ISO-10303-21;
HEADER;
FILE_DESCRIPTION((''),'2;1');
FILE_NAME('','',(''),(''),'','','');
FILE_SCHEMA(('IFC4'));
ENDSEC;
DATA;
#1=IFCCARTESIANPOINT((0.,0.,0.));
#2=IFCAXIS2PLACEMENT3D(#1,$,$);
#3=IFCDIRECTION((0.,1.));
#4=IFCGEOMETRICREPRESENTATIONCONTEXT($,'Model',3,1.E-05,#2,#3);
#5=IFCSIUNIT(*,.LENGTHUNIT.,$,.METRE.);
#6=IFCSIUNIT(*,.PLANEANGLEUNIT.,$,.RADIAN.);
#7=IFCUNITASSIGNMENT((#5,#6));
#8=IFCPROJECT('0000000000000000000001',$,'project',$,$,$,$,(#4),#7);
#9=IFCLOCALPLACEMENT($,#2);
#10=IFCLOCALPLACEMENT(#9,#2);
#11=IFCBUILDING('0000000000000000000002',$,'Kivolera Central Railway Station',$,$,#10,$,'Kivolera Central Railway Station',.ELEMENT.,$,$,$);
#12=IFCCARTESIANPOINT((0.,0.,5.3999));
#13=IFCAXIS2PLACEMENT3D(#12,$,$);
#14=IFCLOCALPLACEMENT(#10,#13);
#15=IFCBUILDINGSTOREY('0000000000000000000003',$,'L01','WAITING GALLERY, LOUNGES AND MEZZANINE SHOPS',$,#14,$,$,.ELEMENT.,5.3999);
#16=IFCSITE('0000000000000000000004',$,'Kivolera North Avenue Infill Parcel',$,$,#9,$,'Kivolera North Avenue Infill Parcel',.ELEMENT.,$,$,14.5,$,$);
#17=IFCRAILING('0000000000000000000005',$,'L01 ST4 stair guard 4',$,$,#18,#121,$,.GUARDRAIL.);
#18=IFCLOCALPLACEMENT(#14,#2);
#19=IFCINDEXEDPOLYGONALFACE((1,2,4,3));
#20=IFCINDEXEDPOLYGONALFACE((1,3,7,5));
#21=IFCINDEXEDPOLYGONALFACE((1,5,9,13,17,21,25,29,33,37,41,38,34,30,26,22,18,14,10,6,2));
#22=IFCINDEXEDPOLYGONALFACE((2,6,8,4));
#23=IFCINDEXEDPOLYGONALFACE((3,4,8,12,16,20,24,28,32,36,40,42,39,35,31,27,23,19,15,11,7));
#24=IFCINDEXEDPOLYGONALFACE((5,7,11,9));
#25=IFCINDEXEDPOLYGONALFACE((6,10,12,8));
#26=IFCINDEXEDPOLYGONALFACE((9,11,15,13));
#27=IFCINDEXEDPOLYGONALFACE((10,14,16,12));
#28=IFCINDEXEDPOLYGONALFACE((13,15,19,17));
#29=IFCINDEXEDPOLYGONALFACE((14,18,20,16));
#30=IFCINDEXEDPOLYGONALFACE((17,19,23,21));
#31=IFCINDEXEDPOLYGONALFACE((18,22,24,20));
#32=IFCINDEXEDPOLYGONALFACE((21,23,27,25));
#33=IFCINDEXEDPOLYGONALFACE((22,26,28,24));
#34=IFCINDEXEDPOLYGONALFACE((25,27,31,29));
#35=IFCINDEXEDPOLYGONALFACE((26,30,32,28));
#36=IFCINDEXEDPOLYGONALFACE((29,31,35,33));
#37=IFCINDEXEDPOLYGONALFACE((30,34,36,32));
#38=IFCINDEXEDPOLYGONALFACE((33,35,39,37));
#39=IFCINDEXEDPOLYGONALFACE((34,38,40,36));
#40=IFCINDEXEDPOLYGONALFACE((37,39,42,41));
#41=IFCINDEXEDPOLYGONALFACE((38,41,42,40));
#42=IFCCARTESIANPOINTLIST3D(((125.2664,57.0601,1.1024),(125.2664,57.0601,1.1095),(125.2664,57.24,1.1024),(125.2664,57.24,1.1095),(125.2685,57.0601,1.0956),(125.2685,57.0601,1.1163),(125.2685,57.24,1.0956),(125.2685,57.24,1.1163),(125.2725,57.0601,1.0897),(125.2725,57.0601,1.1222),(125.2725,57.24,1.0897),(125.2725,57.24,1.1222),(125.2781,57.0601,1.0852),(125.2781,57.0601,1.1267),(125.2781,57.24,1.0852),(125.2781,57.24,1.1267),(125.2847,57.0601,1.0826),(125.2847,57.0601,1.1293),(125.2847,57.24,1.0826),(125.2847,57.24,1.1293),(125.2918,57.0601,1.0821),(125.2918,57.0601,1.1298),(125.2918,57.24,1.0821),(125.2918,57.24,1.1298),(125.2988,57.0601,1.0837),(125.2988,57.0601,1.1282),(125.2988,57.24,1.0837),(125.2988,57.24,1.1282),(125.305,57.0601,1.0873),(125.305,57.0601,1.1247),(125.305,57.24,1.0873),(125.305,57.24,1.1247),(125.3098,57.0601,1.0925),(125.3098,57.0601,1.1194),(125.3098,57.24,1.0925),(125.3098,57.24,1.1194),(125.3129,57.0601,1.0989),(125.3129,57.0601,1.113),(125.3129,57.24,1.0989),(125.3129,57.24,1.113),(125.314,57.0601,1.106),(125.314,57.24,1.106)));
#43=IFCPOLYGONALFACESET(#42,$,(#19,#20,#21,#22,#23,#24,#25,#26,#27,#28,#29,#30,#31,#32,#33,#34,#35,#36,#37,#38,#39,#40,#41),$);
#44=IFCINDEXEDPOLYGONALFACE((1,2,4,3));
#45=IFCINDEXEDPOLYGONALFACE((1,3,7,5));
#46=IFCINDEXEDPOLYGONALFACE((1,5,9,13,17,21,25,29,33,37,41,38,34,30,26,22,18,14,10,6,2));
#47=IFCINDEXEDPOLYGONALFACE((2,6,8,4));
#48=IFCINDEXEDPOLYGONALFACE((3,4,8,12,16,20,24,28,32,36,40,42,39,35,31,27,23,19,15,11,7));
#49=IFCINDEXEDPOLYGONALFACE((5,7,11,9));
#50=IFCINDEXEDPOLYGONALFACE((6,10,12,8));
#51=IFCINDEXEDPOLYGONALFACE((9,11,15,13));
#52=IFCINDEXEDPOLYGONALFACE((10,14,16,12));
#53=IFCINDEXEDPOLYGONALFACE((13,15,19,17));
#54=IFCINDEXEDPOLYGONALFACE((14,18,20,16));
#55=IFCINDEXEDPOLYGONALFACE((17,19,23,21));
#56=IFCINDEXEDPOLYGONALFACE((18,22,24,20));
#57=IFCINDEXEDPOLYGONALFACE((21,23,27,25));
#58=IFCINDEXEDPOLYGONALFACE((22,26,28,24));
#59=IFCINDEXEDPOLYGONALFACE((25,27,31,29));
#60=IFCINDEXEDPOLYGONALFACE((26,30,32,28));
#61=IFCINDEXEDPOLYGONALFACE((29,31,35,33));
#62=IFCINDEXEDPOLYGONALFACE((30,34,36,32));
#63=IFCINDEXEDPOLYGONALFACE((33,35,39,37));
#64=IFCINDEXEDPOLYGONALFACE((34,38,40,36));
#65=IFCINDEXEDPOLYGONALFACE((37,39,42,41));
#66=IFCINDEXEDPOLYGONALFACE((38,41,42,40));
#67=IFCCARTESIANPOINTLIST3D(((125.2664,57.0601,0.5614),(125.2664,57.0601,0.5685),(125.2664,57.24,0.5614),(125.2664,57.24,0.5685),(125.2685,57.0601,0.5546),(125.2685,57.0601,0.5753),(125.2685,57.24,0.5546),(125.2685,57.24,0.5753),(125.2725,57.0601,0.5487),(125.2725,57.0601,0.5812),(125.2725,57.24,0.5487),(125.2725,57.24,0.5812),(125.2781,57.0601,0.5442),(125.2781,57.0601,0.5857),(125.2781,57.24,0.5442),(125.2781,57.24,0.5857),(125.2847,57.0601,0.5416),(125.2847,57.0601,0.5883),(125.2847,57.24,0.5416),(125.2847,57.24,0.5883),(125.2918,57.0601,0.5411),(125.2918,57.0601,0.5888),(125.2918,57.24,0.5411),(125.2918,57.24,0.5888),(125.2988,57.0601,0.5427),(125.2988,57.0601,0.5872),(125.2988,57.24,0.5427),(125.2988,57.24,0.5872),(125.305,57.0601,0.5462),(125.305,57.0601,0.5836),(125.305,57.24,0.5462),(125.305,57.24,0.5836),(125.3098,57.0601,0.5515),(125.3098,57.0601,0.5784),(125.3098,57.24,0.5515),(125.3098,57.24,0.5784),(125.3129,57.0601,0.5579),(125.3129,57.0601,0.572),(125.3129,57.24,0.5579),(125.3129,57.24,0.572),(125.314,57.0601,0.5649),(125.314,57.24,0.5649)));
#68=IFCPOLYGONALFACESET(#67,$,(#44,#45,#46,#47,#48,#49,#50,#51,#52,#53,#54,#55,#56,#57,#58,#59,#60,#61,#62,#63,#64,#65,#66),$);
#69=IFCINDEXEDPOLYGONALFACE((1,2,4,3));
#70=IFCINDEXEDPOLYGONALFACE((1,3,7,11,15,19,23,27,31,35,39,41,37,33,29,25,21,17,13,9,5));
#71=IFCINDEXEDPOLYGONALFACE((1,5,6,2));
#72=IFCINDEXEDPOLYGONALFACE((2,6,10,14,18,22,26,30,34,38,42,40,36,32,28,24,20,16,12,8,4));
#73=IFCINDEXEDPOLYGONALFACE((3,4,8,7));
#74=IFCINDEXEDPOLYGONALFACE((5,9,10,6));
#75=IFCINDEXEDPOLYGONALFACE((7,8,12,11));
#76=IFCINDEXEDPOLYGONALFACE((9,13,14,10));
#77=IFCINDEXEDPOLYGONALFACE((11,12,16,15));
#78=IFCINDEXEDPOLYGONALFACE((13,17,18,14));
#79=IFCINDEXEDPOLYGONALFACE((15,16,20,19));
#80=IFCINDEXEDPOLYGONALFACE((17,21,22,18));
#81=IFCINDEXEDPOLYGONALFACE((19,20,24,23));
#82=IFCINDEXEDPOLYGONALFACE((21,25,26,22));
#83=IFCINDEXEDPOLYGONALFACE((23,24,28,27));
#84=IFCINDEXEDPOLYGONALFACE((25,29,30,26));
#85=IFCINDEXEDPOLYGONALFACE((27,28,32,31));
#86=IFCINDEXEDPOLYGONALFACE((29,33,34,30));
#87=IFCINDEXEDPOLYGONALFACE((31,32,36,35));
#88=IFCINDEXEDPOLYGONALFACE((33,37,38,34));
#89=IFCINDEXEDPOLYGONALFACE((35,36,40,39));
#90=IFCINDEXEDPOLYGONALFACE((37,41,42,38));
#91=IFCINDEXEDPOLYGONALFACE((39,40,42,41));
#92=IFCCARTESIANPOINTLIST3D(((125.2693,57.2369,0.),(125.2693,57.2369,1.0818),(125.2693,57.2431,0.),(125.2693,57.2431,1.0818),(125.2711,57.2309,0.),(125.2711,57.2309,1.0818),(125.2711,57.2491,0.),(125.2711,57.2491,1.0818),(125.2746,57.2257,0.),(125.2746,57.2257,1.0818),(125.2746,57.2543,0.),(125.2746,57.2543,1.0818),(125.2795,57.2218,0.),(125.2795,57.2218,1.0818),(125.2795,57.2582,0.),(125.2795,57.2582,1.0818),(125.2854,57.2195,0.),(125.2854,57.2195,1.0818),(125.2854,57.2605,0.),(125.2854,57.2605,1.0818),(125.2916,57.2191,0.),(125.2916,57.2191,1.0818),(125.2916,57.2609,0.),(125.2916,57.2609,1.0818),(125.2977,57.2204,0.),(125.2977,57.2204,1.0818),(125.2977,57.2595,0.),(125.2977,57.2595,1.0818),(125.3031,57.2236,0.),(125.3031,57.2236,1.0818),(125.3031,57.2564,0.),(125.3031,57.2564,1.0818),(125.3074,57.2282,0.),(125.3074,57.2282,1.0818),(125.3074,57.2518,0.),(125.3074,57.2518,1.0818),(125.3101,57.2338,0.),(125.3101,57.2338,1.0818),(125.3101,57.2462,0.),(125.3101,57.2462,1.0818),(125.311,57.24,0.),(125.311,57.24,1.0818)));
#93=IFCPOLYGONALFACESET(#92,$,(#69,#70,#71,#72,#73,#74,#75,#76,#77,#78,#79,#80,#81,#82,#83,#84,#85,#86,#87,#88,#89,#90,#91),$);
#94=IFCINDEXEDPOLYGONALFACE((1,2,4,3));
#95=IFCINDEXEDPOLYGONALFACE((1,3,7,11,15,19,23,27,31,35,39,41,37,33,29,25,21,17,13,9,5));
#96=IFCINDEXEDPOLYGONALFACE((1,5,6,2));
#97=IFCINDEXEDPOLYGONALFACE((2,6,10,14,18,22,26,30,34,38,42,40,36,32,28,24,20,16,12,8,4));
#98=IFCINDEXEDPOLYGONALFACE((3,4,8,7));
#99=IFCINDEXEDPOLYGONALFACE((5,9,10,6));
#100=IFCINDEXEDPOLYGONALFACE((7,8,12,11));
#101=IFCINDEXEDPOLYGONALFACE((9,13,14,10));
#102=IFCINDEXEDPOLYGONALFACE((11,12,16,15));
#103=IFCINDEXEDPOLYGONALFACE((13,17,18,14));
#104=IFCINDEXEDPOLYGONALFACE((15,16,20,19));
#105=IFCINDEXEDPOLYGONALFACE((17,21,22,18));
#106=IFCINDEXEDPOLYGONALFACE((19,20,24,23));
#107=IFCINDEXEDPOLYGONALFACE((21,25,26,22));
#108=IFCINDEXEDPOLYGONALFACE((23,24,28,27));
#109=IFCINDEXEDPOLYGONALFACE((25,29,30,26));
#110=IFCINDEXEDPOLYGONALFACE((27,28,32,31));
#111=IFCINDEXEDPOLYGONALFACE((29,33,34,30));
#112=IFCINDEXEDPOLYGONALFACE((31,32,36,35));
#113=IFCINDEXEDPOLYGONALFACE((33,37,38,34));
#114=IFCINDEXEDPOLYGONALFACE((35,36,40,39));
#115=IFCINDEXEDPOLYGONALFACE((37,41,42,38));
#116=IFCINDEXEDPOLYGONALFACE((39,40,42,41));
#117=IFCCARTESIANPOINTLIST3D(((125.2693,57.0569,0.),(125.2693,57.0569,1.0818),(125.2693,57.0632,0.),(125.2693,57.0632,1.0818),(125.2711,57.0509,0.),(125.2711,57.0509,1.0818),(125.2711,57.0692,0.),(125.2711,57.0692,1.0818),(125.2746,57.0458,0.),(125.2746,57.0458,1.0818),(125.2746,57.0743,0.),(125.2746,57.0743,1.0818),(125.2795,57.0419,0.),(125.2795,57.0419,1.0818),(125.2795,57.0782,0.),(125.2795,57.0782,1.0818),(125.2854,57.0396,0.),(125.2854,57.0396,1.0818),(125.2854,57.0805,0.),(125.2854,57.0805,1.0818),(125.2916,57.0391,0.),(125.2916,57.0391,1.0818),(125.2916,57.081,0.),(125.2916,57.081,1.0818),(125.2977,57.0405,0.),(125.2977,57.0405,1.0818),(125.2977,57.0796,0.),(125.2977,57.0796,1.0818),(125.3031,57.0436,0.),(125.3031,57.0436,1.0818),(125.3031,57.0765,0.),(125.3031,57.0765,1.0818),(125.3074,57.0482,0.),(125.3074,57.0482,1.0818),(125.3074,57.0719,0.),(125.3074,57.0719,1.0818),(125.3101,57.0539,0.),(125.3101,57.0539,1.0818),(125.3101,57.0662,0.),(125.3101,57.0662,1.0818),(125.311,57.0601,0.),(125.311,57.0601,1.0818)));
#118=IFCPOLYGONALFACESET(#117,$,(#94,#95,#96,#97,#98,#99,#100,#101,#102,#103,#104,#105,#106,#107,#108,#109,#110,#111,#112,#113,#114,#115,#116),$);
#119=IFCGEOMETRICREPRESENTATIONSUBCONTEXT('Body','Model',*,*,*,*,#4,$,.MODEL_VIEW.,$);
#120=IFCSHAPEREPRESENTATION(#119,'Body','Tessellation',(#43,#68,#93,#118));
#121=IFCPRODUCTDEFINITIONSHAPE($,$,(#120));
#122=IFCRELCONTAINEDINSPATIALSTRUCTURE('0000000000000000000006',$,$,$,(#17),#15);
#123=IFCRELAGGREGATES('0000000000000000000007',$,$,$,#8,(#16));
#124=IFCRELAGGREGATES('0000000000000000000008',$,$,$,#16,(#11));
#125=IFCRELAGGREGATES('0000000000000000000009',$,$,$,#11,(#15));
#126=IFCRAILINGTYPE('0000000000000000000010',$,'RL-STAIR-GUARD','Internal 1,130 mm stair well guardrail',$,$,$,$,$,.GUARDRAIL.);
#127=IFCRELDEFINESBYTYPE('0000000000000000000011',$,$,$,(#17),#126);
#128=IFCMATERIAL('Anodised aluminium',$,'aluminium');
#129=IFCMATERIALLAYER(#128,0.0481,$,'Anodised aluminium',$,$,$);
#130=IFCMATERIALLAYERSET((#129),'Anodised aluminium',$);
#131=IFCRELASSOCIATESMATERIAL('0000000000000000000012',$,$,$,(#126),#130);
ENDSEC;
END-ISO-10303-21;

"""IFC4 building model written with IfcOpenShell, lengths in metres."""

from ifc_helpers import new_model, si_unit, direction, frame, origin, origin_2d, place, context, subcontext, project, spatial, circle, extrude, material, layer, layer_set, type_object, element, save


model = new_model("IFC4")

# Units and contexts
model_context = context("Model", 3, precision=1e-05, world=origin(), true_north=direction((0.0, 1.0)))
body_context = subcontext(model_context, "Body", "Model", "MODEL_VIEW")
ifc_project = project(units=[si_unit("LENGTHUNIT", "METRE"), si_unit("PLANEANGLEUNIT", "RADIAN")], contexts=[model_context])

# Site, building, storey
site_placement = place(None, origin())
site = spatial("IfcSite", under=ifc_project, at=site_placement, Name="Kivolera North Avenue Infill Parcel", LongName="Kivolera North Avenue Infill Parcel", CompositionType="ELEMENT", RefElevation=14.5)
building_placement = place(site_placement, origin())
building = spatial("IfcBuilding", under=site, at=building_placement, Name="Kivolera Central Railway Station", LongName="Kivolera Central Railway Station", CompositionType="ELEMENT")
storey_placement = place(building_placement, frame((0.0, 0.0, 5.3999)))
storey = spatial("IfcBuildingStorey", under=building, at=storey_placement, Name="L01", Description="WAITING GALLERY, LOUNGES AND MEZZANINE SHOPS", CompositionType="ELEMENT", Elevation=5.3999)

# Railing
ifc_material_1 = material(Name="Anodised aluminium", Category="aluminium")
ifc_layer_1 = layer(ifc_material_1, 0.0481, Name="Anodised aluminium")
ifc_layer_set_1 = layer_set([ifc_layer_1], Name="Anodised aluminium")
railing_type_1 = type_object("IfcRailingType", Name="RL-STAIR-GUARD", Description="Internal 1,130 mm stair well guardrail", PredefinedType="GUARDRAIL", material=ifc_layer_set_1)
railing_1_placement = place(storey_placement, frame((125.29, 57.24, 0.0)))
element("IfcRailing", 1, at=railing_1_placement, inside=storey, type_object=railing_type_1, Name="L01 ST4 stair guard 4", PredefinedType="GUARDRAIL", context=body_context, shape_type="SweptSolid", body=[
    extrude(circle(Radius=0.0239, at=origin_2d()), frame((0.0, 0.0, 1.106), z_axis=(0.0, -1.0, 0.0), x_axis=(1.0, 0.0, 0.0)), (0.0, 0.0, 1.0), 0.1799),
    extrude(circle(Radius=0.0239, at=origin_2d()), frame((0.0, 0.0, 0.5649), z_axis=(0.0, -1.0, 0.0), x_axis=(1.0, 0.0, 0.0)), (0.0, 0.0, 1.0), 0.1799),
    extrude(circle(Radius=0.021, at=origin_2d()), origin(), (0.0, 0.0, 1.0), 1.0818),
    extrude(circle(Radius=0.021, at=origin_2d()), frame((0.0, -0.1799, 0.0)), (0.0, 0.0, 1.0), 1.0818),
])

save(model, "model.ifc")
